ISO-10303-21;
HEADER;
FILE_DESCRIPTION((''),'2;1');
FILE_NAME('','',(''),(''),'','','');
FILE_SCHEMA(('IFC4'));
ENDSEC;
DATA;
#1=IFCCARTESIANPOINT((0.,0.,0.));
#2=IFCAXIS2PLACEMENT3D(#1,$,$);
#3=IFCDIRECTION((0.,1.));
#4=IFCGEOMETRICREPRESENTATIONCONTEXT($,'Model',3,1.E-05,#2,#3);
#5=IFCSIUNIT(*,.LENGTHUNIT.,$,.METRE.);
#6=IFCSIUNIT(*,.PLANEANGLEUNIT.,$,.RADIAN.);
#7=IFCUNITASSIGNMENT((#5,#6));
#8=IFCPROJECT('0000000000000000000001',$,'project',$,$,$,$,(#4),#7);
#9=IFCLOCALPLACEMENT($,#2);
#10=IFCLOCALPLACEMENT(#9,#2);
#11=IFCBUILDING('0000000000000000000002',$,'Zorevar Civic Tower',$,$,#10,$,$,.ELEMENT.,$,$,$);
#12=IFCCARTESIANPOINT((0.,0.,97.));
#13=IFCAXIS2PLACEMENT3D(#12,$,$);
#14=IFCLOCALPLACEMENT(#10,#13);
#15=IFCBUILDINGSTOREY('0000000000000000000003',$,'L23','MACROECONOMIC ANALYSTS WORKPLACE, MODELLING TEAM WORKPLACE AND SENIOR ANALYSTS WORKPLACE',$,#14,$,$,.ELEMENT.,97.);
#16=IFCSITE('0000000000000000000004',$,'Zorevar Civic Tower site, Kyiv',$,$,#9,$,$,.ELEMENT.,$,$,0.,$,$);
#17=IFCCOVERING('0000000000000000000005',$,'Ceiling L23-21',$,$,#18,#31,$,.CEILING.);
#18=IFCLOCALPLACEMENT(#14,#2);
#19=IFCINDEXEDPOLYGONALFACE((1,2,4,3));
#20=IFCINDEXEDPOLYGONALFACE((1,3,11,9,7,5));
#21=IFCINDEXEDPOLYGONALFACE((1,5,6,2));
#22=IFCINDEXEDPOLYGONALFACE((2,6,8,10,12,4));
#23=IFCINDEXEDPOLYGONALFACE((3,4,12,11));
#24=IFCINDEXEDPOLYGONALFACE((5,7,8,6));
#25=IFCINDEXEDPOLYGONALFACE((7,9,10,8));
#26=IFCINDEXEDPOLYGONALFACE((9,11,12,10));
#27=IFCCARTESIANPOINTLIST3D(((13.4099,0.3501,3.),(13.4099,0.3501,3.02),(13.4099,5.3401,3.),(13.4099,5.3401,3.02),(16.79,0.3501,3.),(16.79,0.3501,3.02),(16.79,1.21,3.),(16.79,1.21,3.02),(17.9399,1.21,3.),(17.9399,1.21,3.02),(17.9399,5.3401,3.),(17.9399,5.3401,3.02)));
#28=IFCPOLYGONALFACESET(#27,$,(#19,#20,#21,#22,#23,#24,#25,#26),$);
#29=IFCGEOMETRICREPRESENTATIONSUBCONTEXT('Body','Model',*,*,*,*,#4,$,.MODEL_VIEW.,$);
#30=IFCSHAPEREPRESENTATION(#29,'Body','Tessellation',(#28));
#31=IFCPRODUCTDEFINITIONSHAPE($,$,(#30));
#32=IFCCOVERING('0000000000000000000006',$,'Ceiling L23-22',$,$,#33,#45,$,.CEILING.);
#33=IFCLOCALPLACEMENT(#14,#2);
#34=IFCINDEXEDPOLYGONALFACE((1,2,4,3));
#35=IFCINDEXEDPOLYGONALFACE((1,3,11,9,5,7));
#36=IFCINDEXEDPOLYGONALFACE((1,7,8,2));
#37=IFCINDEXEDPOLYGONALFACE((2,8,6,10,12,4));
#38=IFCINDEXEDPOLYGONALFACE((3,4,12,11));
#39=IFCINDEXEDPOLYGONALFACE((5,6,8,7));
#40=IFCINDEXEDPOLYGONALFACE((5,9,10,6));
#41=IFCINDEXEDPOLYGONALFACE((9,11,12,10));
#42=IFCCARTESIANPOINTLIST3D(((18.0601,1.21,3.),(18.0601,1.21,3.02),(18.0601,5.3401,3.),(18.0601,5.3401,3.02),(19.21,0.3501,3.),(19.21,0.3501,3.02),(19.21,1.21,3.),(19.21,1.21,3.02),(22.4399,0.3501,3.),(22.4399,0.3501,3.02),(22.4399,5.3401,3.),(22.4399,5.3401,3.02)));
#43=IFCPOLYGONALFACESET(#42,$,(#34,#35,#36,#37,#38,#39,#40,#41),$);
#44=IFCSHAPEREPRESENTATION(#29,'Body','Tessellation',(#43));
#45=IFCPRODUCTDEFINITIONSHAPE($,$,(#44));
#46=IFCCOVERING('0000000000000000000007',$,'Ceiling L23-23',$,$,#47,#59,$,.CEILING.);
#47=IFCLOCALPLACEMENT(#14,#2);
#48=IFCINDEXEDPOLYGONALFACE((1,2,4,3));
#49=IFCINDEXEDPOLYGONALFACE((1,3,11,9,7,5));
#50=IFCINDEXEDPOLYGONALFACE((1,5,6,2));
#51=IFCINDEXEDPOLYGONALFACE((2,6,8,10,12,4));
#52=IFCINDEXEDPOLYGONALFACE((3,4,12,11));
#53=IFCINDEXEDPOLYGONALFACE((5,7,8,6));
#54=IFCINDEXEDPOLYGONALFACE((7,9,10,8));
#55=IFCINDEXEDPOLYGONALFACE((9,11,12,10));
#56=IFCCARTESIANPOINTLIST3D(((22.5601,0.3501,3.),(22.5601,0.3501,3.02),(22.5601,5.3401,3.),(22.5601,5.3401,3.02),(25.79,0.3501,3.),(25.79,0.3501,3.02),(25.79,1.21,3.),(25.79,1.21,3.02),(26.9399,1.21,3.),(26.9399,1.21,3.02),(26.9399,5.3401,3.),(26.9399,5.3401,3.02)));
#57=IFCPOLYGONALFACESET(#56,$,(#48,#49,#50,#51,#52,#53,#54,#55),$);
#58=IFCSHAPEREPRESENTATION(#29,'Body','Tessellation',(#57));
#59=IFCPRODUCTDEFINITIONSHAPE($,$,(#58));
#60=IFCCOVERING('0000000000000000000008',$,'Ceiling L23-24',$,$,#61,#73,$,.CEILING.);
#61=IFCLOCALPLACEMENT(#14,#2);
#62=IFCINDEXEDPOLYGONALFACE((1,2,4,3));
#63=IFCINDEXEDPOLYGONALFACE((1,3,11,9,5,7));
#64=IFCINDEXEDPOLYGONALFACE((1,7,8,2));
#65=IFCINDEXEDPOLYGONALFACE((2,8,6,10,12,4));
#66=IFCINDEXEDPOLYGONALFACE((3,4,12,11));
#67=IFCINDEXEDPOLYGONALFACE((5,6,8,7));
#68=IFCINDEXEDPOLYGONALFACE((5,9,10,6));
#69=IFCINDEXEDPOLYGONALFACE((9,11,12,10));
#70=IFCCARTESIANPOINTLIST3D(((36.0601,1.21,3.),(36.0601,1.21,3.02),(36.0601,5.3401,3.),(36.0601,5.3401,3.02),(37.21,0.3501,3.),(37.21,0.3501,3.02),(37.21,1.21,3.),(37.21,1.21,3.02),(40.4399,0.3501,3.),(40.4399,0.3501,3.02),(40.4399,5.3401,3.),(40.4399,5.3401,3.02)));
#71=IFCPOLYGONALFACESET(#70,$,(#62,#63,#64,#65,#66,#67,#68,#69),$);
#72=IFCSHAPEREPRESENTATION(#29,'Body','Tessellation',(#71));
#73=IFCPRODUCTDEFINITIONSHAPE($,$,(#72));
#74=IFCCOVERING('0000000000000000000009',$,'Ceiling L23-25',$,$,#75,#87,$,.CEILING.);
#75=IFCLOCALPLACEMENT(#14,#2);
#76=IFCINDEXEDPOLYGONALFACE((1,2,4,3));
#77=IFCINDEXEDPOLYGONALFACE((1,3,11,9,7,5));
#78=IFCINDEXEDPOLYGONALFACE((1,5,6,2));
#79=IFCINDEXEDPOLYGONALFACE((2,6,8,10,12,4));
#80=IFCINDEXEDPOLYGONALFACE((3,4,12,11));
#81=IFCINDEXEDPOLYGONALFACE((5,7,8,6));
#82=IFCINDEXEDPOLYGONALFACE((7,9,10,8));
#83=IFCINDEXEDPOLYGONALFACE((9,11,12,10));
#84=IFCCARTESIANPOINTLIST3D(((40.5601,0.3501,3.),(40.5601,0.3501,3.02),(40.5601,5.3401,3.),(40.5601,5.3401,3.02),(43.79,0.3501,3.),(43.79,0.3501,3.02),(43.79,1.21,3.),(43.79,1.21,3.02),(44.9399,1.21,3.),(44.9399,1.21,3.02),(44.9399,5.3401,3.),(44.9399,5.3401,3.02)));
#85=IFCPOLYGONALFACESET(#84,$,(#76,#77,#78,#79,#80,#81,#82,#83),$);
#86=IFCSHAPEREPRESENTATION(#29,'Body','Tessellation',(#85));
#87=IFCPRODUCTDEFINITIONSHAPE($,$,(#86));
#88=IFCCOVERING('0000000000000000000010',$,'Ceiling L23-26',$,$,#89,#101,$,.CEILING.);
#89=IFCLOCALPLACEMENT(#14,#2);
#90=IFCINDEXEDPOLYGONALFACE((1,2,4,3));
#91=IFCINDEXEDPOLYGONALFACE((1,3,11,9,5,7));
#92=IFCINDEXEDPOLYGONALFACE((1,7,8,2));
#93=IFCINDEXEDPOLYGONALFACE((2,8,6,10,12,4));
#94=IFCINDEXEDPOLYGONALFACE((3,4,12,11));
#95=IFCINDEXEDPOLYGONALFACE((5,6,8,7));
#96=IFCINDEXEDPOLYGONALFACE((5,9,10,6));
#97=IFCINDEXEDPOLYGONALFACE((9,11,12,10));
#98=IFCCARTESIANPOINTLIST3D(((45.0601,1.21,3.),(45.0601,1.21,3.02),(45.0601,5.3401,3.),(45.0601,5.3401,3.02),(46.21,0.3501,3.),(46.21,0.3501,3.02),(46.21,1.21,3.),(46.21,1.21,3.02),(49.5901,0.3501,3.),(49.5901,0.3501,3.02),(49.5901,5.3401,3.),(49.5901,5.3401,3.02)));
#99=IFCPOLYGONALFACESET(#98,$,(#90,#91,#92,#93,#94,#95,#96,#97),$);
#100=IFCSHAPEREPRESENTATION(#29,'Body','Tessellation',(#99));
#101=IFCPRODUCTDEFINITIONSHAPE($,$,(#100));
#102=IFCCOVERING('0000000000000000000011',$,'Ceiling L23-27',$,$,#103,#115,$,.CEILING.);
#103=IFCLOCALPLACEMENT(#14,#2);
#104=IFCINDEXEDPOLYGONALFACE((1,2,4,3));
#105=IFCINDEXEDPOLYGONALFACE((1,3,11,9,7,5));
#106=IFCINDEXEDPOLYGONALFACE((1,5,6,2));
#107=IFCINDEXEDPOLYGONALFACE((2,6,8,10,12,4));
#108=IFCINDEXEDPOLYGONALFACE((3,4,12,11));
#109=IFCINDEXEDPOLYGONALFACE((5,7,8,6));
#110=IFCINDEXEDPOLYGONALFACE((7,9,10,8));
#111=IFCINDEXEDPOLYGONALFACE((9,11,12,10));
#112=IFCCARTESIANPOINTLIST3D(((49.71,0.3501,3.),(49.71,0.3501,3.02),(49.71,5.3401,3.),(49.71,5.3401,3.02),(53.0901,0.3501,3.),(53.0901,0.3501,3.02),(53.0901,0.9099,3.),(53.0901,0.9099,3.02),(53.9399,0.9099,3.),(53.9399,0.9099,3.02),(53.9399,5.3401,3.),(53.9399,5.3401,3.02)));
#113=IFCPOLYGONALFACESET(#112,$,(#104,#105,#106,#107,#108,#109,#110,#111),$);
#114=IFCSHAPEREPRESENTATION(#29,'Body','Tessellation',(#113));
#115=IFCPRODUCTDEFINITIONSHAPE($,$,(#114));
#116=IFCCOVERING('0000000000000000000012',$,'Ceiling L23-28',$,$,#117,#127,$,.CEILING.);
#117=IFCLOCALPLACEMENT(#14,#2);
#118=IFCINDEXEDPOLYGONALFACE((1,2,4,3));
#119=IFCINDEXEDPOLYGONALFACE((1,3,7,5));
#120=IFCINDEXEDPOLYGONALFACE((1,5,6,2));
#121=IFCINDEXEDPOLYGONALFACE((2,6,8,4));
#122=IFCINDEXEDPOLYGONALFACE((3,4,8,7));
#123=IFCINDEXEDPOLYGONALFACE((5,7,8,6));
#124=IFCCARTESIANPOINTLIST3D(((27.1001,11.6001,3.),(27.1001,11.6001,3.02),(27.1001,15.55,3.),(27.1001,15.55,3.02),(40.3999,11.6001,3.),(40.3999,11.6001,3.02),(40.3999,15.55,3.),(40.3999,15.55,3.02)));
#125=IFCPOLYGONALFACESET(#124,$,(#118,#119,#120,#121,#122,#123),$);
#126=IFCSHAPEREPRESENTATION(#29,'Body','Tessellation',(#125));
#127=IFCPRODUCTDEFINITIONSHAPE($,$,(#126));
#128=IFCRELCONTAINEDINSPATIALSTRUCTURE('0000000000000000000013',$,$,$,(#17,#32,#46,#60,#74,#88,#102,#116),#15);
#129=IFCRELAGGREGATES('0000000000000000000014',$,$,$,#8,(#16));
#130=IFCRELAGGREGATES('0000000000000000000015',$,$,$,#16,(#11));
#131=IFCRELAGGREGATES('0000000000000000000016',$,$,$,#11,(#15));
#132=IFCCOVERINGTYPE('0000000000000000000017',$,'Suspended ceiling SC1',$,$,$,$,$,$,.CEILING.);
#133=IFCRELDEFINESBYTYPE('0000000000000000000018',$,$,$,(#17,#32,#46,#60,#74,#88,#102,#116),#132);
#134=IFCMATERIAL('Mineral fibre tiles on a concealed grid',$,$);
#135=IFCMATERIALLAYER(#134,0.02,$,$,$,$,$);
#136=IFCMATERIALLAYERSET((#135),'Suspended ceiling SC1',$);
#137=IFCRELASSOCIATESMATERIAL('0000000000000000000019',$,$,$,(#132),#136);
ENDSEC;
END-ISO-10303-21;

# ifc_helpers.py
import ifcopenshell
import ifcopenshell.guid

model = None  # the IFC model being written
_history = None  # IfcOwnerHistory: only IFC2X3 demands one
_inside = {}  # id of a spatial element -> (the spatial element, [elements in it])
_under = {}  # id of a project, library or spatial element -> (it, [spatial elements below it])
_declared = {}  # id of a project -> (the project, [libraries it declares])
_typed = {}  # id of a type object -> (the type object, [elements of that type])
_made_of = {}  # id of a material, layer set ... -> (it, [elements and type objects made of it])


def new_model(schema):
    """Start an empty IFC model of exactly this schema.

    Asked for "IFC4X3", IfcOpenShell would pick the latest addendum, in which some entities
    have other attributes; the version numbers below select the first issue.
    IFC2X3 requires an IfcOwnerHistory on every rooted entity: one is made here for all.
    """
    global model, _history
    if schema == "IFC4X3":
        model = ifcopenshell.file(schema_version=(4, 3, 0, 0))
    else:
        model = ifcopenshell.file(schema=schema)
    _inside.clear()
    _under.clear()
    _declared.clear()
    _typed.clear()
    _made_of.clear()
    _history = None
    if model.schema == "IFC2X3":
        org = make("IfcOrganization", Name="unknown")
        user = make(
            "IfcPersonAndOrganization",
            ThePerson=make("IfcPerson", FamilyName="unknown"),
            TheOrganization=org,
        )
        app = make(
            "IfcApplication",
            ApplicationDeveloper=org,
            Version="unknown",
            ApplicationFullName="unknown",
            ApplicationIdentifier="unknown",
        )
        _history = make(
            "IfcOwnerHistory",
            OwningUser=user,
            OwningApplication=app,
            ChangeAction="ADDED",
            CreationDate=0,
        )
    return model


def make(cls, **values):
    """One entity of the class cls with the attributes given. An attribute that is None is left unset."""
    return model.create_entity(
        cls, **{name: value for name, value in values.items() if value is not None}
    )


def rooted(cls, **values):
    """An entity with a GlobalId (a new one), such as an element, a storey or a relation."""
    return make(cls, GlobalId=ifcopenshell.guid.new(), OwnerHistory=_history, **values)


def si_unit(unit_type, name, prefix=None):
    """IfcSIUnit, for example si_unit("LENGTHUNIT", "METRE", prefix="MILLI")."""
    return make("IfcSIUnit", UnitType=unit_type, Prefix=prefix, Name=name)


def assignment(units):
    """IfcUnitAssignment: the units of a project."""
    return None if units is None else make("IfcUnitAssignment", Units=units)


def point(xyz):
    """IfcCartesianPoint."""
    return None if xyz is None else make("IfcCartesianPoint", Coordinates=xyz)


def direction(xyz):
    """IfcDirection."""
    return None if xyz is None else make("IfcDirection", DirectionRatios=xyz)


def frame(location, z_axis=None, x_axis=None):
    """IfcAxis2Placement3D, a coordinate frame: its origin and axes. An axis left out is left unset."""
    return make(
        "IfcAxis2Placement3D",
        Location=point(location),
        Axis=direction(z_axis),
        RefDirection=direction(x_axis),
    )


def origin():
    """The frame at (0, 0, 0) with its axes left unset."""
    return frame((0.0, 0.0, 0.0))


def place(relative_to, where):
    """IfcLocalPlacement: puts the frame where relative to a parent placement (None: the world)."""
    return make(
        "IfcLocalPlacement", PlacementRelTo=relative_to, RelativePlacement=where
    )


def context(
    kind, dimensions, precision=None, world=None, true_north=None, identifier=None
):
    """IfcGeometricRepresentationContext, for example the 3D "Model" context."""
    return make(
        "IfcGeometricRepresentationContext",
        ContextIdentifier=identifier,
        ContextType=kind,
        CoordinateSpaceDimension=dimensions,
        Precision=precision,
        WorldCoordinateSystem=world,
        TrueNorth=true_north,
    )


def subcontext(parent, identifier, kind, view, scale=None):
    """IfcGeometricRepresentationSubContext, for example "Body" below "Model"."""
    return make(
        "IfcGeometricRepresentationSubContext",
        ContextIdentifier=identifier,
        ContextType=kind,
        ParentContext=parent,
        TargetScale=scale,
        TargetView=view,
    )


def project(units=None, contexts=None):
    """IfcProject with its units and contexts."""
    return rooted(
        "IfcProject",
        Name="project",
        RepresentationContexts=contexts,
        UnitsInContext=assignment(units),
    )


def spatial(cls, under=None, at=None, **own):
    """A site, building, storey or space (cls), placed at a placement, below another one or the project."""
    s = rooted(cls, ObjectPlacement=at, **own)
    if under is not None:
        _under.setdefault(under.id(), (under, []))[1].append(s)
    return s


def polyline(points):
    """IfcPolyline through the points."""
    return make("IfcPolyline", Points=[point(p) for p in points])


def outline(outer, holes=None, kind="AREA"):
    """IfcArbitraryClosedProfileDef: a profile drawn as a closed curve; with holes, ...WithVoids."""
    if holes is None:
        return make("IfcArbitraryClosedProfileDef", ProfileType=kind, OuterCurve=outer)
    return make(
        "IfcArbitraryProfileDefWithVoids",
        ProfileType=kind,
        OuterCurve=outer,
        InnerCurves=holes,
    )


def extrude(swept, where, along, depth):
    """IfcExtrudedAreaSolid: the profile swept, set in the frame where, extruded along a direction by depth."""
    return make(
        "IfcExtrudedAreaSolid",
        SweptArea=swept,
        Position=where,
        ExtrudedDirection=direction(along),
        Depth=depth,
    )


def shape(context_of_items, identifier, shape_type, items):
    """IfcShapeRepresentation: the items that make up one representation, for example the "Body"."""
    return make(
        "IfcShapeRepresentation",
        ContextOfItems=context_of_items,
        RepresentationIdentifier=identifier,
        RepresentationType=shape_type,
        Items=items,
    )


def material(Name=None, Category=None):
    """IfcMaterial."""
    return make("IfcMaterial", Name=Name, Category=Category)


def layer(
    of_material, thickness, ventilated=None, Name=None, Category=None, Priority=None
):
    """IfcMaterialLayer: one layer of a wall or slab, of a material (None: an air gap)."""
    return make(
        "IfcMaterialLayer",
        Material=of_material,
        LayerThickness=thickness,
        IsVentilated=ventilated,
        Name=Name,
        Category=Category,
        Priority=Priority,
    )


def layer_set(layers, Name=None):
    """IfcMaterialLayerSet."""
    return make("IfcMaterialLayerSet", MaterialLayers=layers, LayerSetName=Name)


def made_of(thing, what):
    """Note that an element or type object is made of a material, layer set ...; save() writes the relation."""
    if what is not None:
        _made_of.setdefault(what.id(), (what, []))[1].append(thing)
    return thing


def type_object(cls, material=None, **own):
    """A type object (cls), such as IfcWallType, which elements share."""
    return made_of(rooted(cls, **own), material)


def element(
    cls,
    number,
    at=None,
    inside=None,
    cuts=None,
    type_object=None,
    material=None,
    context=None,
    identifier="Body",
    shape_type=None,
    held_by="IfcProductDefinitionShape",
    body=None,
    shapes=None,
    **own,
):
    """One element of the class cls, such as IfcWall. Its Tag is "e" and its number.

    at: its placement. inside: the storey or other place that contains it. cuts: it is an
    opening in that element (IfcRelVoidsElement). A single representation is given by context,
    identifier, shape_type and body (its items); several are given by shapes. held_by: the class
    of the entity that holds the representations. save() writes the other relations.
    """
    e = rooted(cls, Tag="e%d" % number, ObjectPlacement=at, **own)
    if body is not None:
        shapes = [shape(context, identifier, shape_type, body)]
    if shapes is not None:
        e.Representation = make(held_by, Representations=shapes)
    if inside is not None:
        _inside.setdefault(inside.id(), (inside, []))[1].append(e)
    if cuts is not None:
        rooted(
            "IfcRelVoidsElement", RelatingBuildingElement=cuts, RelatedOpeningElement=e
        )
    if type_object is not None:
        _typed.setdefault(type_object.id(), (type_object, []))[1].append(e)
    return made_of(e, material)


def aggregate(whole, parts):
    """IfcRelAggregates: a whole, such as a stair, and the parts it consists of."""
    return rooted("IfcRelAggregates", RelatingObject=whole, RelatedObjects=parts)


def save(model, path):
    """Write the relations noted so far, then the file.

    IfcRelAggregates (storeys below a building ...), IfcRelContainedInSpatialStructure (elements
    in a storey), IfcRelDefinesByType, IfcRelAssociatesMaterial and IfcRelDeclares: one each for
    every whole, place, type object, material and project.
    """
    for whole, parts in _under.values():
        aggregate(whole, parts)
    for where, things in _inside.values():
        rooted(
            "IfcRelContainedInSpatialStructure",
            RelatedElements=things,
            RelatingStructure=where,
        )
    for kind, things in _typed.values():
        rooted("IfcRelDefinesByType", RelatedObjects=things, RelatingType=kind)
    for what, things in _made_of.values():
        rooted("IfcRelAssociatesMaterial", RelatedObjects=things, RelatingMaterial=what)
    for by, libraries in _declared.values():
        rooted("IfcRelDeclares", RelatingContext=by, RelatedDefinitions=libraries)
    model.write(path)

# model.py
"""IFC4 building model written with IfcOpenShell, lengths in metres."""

from ifc_helpers import new_model, si_unit, direction, frame, origin, place, context, subcontext, project, spatial, polyline, outline, extrude, material, layer, layer_set, type_object, element, save


model = new_model("IFC4")

# Units and contexts
model_context = context("Model", 3, precision=1e-05, world=origin(), true_north=direction((0.0, 1.0)))
body_context = subcontext(model_context, "Body", "Model", "MODEL_VIEW")
ifc_project = project(units=[si_unit("LENGTHUNIT", "METRE"), si_unit("PLANEANGLEUNIT", "RADIAN")], contexts=[model_context])

# Site, building, storey
site_placement = place(None, origin())
site = spatial("IfcSite", under=ifc_project, at=site_placement, Name="Zorevar Civic Tower site, Kyiv", CompositionType="ELEMENT", RefElevation=0.0)
building_placement = place(site_placement, origin())
building = spatial("IfcBuilding", under=site, at=building_placement, Name="Zorevar Civic Tower", CompositionType="ELEMENT")
storey_placement = place(building_placement, frame((0.0, 0.0, 97.0)))
storey = spatial("IfcBuildingStorey", under=building, at=storey_placement, Name="L23", Description="MACROECONOMIC ANALYSTS WORKPLACE, MODELLING TEAM WORKPLACE AND SENIOR ANALYSTS WORKPLACE", CompositionType="ELEMENT", Elevation=97.0)

# Coverings
ifc_material_1 = material(Name="Mineral fibre tiles on a concealed grid")
ifc_layer_1 = layer(ifc_material_1, 0.02)
ifc_layer_set_1 = layer_set([ifc_layer_1], Name="Suspended ceiling SC1")
covering_type_1 = type_object("IfcCoveringType", Name="Suspended ceiling SC1", PredefinedType="CEILING", material=ifc_layer_set_1)
covering_1_placement = place(storey_placement, frame((0.0, 0.0, 3.0)))
element("IfcCovering", 1, at=covering_1_placement, inside=storey, type_object=covering_type_1, Name="Ceiling L23-21", PredefinedType="CEILING", context=body_context, shape_type="SweptSolid", body=[
    extrude(outline(polyline([(17.9399, 5.3401), (17.9399, 1.21), (16.79, 1.21), (16.79, 0.3501), (13.4099, 0.3501), (13.4099, 5.3401), (17.9399, 5.3401)])), origin(), (0.0, 0.0, 1.0), 0.02),
])
covering_2_placement = place(storey_placement, frame((0.0, 0.0, 3.0)))
element("IfcCovering", 2, at=covering_2_placement, inside=storey, type_object=covering_type_1, Name="Ceiling L23-22", PredefinedType="CEILING", context=body_context, shape_type="SweptSolid", body=[
    extrude(outline(polyline([(22.4399, 5.3401), (22.4399, 0.3501), (19.21, 0.3501), (19.21, 1.21), (18.0601, 1.21), (18.0601, 5.3401), (22.4399, 5.3401)])), origin(), (0.0, 0.0, 1.0), 0.02),
])
covering_3_placement = place(storey_placement, frame((0.0, 0.0, 3.0)))
element("IfcCovering", 3, at=covering_3_placement, inside=storey, type_object=covering_type_1, Name="Ceiling L23-23", PredefinedType="CEILING", context=body_context, shape_type="SweptSolid", body=[
    extrude(outline(polyline([(26.9399, 5.3401), (26.9399, 1.21), (25.79, 1.21), (25.79, 0.3501), (22.5601, 0.3501), (22.5601, 5.3401), (26.9399, 5.3401)])), origin(), (0.0, 0.0, 1.0), 0.02),
])
covering_4_placement = place(storey_placement, frame((0.0, 0.0, 3.0)))
element("IfcCovering", 4, at=covering_4_placement, inside=storey, type_object=covering_type_1, Name="Ceiling L23-24", PredefinedType="CEILING", context=body_context, shape_type="SweptSolid", body=[
    extrude(outline(polyline([(40.4399, 5.3401), (40.4399, 0.3501), (37.21, 0.3501), (37.21, 1.21), (36.0601, 1.21), (36.0601, 5.3401), (40.4399, 5.3401)])), origin(), (0.0, 0.0, 1.0), 0.02),
])
covering_5_placement = place(storey_placement, frame((0.0, 0.0, 3.0)))
element("IfcCovering", 5, at=covering_5_placement, inside=storey, type_object=covering_type_1, Name="Ceiling L23-25", PredefinedType="CEILING", context=body_context, shape_type="SweptSolid", body=[
    extrude(outline(polyline([(44.9399, 5.3401), (44.9399, 1.21), (43.79, 1.21), (43.79, 0.3501), (40.5601, 0.3501), (40.5601, 5.3401), (44.9399, 5.3401)])), origin(), (0.0, 0.0, 1.0), 0.02),
])
covering_6_placement = place(storey_placement, frame((0.0, 0.0, 3.0)))
element("IfcCovering", 6, at=covering_6_placement, inside=storey, type_object=covering_type_1, Name="Ceiling L23-26", PredefinedType="CEILING", context=body_context, shape_type="SweptSolid", body=[
    extrude(outline(polyline([(49.5901, 5.3401), (49.5901, 0.3501), (46.21, 0.3501), (46.21, 1.21), (45.0601, 1.21), (45.0601, 5.3401), (49.5901, 5.3401)])), origin(), (0.0, 0.0, 1.0), 0.02),
])
covering_7_placement = place(storey_placement, frame((0.0, 0.0, 3.0)))
element("IfcCovering", 7, at=covering_7_placement, inside=storey, type_object=covering_type_1, Name="Ceiling L23-27", PredefinedType="CEILING", context=body_context, shape_type="SweptSolid", body=[
    extrude(outline(polyline([(53.9399, 5.3401), (53.9399, 0.9099), (53.0901, 0.9099), (53.0901, 0.3501), (49.71, 0.3501), (49.71, 5.3401), (53.9399, 5.3401)])), origin(), (0.0, 0.0, 1.0), 0.02),
])
covering_8_placement = place(storey_placement, frame((0.0, 0.0, 3.0)))
element("IfcCovering", 8, at=covering_8_placement, inside=storey, type_object=covering_type_1, Name="Ceiling L23-28", PredefinedType="CEILING", context=body_context, shape_type="SweptSolid", body=[
    extrude(outline(polyline([(40.3999, 15.55), (40.3999, 11.6001), (27.1001, 11.6001), (27.1001, 15.55), (40.3999, 15.55)])), origin(), (0.0, 0.0, 1.0), 0.02),
])

save(model, "model.ifc")
